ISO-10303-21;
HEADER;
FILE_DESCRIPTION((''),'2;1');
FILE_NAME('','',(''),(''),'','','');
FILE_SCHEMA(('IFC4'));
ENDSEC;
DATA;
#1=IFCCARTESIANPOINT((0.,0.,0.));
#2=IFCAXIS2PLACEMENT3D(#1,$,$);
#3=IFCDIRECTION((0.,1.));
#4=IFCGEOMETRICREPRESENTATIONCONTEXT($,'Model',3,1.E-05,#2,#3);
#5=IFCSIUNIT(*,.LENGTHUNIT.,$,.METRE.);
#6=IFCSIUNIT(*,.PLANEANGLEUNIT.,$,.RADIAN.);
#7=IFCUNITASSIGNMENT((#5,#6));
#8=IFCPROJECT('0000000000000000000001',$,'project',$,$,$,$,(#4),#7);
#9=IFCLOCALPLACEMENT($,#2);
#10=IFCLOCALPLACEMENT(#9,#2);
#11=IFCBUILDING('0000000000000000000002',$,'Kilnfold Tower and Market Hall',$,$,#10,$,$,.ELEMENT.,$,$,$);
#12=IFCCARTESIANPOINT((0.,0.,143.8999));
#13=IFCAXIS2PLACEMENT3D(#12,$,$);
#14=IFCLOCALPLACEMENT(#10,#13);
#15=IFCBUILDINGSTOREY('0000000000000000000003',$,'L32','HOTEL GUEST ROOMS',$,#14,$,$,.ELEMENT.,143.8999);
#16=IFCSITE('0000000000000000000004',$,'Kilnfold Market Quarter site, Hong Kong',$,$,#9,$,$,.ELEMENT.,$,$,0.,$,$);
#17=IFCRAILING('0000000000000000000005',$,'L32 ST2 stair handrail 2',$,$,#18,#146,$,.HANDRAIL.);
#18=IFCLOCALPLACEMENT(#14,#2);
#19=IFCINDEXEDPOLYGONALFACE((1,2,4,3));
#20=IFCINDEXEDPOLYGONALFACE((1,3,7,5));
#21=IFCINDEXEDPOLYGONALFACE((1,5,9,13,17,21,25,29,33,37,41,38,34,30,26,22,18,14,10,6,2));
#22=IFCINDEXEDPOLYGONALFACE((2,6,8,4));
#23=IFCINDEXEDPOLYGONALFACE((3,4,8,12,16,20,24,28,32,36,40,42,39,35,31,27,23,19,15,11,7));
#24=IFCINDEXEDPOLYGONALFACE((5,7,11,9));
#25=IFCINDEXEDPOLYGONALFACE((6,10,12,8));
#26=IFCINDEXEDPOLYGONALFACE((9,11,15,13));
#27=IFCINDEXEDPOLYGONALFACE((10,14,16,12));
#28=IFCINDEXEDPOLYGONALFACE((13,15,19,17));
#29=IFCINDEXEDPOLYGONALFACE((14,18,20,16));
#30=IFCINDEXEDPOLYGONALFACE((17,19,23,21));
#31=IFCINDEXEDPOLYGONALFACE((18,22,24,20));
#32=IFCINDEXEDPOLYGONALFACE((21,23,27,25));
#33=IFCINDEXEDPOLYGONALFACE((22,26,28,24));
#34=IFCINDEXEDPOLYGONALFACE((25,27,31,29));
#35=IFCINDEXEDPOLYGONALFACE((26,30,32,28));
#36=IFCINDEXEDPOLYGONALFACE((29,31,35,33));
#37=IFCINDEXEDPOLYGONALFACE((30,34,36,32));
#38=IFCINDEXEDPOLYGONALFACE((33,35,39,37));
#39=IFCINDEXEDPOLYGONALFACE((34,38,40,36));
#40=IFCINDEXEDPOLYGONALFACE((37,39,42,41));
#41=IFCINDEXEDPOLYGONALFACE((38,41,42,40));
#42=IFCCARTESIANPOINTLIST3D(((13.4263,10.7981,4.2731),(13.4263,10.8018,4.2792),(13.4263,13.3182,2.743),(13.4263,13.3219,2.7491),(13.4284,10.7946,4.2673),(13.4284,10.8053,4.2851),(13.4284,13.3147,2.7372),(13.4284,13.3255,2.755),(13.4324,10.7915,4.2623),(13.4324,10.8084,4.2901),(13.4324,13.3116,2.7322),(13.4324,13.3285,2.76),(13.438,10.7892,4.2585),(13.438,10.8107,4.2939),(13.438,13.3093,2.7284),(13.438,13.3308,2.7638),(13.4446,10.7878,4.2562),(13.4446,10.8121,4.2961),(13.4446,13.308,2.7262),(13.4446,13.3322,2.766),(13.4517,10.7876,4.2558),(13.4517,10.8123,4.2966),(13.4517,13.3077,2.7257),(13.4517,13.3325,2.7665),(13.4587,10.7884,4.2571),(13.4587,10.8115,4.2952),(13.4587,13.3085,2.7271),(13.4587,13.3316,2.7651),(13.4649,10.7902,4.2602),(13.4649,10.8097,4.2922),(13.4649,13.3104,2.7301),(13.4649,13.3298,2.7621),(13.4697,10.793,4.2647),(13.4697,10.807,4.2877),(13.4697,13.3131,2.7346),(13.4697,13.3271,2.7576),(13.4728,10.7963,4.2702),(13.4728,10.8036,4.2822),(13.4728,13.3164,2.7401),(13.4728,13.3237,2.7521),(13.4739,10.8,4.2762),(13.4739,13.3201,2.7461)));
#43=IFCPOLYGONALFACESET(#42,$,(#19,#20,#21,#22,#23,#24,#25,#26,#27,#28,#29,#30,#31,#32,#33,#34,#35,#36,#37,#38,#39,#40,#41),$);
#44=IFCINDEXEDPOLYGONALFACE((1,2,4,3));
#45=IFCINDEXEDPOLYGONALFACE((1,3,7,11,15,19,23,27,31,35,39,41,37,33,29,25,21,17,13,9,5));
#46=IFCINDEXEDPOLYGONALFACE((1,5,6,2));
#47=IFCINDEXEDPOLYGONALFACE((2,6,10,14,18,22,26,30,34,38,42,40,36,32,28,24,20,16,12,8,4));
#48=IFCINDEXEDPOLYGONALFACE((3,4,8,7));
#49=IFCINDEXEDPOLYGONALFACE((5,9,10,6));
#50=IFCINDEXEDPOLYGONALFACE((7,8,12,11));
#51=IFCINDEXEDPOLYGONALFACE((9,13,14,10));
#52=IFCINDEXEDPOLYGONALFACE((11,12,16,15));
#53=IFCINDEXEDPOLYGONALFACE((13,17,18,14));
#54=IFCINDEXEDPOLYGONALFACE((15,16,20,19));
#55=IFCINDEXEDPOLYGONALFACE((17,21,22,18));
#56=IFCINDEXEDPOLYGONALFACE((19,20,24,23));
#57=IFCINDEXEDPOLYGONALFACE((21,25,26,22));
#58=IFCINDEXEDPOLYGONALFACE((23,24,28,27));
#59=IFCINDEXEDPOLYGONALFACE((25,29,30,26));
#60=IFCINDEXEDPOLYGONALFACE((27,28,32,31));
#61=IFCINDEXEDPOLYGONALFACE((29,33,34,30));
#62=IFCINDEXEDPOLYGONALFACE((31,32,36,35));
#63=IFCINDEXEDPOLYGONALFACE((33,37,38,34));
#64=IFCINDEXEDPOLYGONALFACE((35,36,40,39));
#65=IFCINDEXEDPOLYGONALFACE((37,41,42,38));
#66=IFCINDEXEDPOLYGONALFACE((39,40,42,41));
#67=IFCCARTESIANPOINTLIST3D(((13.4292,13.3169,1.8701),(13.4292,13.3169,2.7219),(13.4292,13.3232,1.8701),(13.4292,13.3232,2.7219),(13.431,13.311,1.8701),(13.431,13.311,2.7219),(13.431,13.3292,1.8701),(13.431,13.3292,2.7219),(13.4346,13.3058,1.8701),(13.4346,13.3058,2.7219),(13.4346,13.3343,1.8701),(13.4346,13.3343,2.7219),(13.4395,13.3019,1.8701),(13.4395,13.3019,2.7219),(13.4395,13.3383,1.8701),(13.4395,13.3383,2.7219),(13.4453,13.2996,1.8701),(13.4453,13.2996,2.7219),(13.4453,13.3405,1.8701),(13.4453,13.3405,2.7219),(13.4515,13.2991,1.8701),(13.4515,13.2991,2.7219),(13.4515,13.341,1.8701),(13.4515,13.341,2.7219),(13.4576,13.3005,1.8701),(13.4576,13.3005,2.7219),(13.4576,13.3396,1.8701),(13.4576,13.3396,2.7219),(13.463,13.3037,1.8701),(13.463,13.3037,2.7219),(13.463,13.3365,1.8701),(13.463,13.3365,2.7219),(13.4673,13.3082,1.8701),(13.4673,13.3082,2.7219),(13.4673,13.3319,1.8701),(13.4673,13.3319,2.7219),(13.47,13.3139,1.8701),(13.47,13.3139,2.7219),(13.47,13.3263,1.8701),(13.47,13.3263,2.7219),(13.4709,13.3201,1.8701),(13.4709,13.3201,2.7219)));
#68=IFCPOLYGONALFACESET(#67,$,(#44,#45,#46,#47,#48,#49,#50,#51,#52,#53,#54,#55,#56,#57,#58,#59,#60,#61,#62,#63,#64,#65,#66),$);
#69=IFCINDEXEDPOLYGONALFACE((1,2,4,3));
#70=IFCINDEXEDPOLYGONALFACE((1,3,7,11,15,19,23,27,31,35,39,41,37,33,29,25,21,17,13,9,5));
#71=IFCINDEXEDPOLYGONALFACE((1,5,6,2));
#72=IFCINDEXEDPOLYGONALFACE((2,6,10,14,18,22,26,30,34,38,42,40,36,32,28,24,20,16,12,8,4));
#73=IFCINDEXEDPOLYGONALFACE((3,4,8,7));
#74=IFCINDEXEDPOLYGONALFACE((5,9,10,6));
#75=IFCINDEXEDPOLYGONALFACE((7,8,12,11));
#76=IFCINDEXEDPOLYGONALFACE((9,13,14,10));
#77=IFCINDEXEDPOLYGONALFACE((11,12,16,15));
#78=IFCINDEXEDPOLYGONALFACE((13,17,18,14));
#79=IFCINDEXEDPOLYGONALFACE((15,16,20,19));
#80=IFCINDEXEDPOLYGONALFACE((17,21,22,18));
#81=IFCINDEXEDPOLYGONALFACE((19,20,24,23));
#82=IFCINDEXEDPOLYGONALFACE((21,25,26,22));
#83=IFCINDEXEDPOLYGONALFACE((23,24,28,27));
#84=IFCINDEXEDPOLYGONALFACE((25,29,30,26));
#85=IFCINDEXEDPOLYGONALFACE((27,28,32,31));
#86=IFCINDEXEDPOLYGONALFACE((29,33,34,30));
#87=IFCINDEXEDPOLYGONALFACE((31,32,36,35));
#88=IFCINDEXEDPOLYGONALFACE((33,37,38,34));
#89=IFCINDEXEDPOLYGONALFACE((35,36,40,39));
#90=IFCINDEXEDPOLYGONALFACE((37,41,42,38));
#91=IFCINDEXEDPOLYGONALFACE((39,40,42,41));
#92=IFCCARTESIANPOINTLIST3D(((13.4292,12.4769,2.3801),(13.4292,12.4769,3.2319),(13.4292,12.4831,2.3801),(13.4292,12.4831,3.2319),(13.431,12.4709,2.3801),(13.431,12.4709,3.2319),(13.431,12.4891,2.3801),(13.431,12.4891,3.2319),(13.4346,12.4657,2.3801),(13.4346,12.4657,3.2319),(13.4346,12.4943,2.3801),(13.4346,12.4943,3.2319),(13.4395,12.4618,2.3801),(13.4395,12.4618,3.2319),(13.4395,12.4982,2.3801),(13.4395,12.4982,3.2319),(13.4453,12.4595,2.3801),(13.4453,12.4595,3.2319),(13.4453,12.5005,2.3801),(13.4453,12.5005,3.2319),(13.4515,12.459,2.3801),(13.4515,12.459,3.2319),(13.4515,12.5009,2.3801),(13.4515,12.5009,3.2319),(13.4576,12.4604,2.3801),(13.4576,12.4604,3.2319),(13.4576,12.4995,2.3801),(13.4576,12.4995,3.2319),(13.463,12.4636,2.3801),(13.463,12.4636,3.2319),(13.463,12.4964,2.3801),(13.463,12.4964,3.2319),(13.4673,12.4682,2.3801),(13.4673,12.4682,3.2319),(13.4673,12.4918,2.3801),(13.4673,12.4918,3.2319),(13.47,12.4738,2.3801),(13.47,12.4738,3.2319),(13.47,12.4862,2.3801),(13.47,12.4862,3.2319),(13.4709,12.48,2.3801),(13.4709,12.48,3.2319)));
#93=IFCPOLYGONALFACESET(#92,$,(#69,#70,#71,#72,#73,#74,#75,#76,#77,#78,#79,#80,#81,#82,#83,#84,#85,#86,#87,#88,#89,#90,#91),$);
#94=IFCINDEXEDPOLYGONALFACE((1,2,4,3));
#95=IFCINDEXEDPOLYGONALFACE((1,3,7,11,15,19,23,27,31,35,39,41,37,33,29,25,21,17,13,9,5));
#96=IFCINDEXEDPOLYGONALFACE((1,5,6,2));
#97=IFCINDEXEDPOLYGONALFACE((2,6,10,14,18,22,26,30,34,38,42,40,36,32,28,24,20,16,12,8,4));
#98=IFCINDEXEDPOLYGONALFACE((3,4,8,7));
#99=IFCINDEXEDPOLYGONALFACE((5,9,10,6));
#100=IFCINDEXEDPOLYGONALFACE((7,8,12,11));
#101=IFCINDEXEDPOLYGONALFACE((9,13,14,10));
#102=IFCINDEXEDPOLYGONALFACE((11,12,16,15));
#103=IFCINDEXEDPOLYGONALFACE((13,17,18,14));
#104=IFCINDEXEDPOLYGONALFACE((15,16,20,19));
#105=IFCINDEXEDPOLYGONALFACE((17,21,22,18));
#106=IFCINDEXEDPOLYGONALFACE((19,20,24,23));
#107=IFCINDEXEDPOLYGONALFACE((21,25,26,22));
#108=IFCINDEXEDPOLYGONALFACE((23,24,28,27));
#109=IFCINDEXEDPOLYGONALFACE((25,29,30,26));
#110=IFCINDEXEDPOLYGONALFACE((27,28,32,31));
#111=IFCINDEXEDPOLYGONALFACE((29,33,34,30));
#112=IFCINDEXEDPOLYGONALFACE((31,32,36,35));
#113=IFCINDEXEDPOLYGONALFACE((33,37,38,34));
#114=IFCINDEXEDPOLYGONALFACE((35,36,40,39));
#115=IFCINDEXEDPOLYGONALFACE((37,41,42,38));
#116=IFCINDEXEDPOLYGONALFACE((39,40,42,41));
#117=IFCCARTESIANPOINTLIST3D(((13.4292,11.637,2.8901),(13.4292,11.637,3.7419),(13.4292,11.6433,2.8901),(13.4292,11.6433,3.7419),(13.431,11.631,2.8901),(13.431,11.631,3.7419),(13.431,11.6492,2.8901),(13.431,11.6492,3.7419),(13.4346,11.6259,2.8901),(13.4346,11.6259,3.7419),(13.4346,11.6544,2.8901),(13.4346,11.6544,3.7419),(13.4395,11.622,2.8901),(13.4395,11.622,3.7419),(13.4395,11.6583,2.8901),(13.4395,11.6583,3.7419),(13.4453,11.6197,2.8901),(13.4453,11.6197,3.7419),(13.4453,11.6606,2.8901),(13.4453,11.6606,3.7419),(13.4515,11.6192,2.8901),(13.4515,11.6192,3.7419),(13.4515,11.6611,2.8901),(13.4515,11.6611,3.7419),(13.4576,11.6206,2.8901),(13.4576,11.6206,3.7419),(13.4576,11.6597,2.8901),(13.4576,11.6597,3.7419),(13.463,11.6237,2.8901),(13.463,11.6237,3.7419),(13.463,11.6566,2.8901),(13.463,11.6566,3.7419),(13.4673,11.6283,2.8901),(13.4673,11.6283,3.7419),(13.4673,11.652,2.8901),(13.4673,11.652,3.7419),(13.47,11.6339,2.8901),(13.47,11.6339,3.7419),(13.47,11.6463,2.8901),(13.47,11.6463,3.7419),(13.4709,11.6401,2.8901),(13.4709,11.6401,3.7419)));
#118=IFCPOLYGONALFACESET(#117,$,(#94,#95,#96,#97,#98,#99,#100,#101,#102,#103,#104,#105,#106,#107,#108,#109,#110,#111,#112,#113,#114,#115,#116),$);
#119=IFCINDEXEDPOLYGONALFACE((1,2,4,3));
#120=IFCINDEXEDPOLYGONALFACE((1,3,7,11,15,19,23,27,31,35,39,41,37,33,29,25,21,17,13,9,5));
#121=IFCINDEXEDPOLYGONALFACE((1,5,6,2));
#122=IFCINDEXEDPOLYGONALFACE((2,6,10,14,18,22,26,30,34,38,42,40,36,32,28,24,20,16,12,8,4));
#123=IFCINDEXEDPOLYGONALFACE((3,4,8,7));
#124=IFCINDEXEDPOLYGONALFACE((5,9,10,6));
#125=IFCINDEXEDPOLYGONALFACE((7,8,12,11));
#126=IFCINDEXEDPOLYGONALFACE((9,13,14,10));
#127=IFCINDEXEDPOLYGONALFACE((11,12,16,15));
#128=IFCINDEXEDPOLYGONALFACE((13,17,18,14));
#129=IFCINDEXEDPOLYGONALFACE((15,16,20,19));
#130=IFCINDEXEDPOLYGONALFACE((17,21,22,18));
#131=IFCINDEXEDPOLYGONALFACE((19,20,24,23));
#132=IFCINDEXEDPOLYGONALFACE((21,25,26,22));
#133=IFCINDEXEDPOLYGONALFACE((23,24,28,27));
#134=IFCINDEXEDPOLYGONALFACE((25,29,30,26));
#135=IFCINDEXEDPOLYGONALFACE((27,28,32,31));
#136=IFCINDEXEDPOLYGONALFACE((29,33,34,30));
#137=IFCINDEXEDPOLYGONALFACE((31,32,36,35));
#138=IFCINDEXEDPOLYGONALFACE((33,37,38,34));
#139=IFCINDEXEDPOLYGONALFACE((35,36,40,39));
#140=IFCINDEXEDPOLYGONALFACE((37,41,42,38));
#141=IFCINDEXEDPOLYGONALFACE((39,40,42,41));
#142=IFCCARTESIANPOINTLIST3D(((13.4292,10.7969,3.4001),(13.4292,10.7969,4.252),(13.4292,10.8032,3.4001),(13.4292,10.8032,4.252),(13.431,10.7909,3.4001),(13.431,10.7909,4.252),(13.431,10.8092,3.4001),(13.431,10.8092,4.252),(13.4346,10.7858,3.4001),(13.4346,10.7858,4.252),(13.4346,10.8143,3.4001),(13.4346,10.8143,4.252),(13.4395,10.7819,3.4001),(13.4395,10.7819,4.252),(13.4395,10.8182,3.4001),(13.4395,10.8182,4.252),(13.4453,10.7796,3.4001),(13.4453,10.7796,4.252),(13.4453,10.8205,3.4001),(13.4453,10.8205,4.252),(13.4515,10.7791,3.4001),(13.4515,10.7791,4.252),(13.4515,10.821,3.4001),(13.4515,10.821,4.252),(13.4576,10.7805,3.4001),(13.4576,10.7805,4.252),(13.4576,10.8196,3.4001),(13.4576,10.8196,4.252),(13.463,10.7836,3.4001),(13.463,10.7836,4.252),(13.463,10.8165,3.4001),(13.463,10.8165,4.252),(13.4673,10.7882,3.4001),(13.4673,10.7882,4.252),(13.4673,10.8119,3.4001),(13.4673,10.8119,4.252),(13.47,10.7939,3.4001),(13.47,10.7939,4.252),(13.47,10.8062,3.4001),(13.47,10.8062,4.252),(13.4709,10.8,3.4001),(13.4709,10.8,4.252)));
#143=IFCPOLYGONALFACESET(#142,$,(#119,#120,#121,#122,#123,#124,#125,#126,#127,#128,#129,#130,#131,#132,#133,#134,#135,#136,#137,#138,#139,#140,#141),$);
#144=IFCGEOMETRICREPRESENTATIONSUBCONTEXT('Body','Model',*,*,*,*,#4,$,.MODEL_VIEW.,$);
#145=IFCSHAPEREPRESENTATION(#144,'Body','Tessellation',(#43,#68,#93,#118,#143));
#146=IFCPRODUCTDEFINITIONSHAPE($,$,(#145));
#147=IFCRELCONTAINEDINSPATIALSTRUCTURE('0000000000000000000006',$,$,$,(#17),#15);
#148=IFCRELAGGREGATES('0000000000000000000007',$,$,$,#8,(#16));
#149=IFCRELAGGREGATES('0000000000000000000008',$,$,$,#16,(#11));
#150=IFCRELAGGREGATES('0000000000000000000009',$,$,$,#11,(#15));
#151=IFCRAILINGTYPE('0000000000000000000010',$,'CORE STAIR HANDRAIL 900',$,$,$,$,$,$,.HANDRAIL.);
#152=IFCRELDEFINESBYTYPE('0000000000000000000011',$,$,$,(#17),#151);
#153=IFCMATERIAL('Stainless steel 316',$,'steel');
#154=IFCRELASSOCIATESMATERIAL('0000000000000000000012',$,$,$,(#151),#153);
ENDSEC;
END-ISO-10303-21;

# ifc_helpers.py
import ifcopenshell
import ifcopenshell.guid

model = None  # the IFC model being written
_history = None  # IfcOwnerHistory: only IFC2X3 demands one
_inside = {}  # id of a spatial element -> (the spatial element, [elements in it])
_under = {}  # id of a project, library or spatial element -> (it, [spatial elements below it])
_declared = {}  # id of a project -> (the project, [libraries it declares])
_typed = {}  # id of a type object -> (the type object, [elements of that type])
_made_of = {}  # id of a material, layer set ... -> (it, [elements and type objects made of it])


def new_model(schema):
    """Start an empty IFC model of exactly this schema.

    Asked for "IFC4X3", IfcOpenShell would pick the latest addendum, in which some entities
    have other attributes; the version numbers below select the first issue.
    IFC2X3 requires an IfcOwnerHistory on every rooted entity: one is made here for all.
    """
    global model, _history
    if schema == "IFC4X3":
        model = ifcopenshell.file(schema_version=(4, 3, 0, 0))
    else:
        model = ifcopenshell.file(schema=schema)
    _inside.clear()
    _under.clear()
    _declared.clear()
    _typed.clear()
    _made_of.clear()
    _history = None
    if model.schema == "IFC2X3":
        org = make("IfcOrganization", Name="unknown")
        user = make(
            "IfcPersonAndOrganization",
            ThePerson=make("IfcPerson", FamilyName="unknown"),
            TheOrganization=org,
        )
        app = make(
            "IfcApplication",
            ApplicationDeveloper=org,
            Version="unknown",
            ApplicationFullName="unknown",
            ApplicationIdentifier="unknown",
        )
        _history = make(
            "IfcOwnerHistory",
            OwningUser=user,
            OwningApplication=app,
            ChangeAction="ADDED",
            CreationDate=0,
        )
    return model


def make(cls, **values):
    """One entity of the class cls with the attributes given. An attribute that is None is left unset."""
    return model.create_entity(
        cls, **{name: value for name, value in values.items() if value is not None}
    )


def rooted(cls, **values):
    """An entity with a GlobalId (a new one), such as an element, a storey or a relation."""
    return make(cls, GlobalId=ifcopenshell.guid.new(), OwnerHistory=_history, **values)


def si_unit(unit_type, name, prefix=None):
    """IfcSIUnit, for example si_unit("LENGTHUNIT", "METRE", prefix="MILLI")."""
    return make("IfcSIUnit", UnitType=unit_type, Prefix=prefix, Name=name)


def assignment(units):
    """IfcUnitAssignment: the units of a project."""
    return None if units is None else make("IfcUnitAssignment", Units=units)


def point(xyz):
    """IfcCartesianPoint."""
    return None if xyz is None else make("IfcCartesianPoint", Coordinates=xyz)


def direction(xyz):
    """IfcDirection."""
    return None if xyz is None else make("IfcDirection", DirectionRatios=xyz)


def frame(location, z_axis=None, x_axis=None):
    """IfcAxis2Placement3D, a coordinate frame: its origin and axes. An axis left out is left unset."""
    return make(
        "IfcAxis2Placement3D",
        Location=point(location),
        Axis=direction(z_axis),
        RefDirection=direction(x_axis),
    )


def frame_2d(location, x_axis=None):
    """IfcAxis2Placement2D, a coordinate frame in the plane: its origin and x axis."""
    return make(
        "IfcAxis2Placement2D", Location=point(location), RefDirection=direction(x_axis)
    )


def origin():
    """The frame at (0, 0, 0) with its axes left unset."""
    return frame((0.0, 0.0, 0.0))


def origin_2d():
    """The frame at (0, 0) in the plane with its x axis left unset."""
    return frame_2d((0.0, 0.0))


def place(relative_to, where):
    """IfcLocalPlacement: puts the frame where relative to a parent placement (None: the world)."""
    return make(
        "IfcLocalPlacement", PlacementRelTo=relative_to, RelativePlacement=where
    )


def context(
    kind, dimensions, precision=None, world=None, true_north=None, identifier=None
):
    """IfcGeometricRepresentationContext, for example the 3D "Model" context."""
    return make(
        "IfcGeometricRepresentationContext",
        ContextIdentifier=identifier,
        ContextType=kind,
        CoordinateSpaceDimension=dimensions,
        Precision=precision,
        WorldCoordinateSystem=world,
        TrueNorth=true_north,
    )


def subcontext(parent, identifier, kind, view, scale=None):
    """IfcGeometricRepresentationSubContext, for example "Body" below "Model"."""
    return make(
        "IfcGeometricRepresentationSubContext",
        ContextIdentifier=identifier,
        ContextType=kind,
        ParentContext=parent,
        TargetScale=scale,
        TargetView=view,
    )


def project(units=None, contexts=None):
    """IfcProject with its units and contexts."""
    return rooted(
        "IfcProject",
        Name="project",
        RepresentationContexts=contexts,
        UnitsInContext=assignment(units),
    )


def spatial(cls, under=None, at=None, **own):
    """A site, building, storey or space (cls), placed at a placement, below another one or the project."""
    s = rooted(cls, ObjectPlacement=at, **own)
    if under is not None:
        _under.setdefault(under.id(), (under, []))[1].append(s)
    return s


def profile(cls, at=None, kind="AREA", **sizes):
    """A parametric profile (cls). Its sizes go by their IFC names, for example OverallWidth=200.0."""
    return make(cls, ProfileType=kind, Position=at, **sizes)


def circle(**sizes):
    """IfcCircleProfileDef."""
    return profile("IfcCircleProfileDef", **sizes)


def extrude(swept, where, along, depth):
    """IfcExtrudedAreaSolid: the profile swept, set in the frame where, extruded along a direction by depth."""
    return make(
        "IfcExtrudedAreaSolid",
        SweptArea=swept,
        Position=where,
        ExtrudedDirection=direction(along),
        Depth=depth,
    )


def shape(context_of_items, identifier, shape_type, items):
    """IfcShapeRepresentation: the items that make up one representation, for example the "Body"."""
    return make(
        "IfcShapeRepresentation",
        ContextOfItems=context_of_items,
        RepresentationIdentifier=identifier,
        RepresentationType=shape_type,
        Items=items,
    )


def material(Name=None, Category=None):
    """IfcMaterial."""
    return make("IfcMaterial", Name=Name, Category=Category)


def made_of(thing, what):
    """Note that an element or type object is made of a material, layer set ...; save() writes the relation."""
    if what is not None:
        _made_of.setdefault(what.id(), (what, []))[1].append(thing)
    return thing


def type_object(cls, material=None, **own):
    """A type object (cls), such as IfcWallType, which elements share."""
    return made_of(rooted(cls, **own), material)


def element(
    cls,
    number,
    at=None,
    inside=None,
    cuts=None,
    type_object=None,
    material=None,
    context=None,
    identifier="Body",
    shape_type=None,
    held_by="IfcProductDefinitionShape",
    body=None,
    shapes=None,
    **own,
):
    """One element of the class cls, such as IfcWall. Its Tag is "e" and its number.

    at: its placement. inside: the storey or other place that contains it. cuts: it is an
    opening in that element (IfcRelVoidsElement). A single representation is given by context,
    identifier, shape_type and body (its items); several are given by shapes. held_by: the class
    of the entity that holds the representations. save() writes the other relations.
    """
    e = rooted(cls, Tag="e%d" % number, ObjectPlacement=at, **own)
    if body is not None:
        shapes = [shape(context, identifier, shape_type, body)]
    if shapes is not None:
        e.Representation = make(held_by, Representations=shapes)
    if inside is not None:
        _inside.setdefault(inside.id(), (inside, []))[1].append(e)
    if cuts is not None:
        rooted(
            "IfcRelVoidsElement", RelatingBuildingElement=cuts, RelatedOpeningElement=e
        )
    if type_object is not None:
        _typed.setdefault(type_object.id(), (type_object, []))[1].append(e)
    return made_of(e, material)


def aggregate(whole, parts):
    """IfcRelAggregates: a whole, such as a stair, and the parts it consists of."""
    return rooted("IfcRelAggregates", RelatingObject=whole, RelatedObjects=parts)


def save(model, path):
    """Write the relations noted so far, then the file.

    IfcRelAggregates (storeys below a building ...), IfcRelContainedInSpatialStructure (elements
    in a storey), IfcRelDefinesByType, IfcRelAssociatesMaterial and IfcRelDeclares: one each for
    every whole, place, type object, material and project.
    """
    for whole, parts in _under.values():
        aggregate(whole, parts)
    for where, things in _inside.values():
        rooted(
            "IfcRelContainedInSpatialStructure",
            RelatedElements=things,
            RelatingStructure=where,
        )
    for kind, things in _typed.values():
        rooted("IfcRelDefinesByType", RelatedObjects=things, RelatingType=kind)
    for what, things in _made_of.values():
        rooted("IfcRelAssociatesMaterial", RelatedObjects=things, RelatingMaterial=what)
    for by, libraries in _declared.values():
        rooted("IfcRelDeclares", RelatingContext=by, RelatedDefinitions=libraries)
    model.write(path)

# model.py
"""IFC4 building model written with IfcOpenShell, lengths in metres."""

from ifc_helpers import new_model, si_unit, direction, frame, origin, origin_2d, place, context, subcontext, project, spatial, circle, extrude, material, type_object, element, save


model = new_model("IFC4")

# Units and contexts
model_context = context("Model", 3, precision=1e-05, world=origin(), true_north=direction((0.0, 1.0)))
body_context = subcontext(model_context, "Body", "Model", "MODEL_VIEW")
ifc_project = project(units=[si_unit("LENGTHUNIT", "METRE"), si_unit("PLANEANGLEUNIT", "RADIAN")], contexts=[model_context])

# Site, building, storey
site_placement = place(None, origin())
site = spatial("IfcSite", under=ifc_project, at=site_placement, Name="Kilnfold Market Quarter site, Hong Kong", CompositionType="ELEMENT", RefElevation=0.0)
building_placement = place(site_placement, origin())
building = spatial("IfcBuilding", under=site, at=building_placement, Name="Kilnfold Tower and Market Hall", CompositionType="ELEMENT")
storey_placement = place(building_placement, frame((0.0, 0.0, 143.8999)))
storey = spatial("IfcBuildingStorey", under=building, at=storey_placement, Name="L32", Description="HOTEL GUEST ROOMS", CompositionType="ELEMENT", Elevation=143.8999)

# Railing
ifc_material_1 = material(Name="Stainless steel 316", Category="steel")
railing_type_1 = type_object("IfcRailingType", Name="CORE STAIR HANDRAIL 900", PredefinedType="HANDRAIL", material=ifc_material_1)
railing_1_placement = place(storey_placement, frame((13.45, 13.3201, 1.8701)))
element("IfcRailing", 1, at=railing_1_placement, inside=storey, type_object=railing_type_1, Name="L32 ST2 stair handrail 2", PredefinedType="HANDRAIL", context=body_context, shape_type="SweptSolid", body=[
    extrude(circle(Radius=0.0239, at=origin_2d()), frame((0.0, 0.0, 0.876), z_axis=(0.0, -0.854785, 0.518982), x_axis=(1.0, 0.0, 0.0)), (0.0, 0.0, 1.0), 2.9482),
    extrude(circle(Radius=0.021, at=origin_2d()), origin(), (0.0, 0.0, 1.0), 0.8518),
    extrude(circle(Radius=0.021, at=origin_2d()), frame((0.0, -0.8401, 0.51)), (0.0, 0.0, 1.0), 0.8518),
    extrude(circle(Radius=0.021, at=origin_2d()), frame((0.0, -1.6799, 1.02)), (0.0, 0.0, 1.0), 0.8518),
    extrude(circle(Radius=0.021, at=origin_2d()), frame((0.0, -2.52, 1.53)), (0.0, 0.0, 1.0), 0.8518),
])

save(model, "model.ifc")
